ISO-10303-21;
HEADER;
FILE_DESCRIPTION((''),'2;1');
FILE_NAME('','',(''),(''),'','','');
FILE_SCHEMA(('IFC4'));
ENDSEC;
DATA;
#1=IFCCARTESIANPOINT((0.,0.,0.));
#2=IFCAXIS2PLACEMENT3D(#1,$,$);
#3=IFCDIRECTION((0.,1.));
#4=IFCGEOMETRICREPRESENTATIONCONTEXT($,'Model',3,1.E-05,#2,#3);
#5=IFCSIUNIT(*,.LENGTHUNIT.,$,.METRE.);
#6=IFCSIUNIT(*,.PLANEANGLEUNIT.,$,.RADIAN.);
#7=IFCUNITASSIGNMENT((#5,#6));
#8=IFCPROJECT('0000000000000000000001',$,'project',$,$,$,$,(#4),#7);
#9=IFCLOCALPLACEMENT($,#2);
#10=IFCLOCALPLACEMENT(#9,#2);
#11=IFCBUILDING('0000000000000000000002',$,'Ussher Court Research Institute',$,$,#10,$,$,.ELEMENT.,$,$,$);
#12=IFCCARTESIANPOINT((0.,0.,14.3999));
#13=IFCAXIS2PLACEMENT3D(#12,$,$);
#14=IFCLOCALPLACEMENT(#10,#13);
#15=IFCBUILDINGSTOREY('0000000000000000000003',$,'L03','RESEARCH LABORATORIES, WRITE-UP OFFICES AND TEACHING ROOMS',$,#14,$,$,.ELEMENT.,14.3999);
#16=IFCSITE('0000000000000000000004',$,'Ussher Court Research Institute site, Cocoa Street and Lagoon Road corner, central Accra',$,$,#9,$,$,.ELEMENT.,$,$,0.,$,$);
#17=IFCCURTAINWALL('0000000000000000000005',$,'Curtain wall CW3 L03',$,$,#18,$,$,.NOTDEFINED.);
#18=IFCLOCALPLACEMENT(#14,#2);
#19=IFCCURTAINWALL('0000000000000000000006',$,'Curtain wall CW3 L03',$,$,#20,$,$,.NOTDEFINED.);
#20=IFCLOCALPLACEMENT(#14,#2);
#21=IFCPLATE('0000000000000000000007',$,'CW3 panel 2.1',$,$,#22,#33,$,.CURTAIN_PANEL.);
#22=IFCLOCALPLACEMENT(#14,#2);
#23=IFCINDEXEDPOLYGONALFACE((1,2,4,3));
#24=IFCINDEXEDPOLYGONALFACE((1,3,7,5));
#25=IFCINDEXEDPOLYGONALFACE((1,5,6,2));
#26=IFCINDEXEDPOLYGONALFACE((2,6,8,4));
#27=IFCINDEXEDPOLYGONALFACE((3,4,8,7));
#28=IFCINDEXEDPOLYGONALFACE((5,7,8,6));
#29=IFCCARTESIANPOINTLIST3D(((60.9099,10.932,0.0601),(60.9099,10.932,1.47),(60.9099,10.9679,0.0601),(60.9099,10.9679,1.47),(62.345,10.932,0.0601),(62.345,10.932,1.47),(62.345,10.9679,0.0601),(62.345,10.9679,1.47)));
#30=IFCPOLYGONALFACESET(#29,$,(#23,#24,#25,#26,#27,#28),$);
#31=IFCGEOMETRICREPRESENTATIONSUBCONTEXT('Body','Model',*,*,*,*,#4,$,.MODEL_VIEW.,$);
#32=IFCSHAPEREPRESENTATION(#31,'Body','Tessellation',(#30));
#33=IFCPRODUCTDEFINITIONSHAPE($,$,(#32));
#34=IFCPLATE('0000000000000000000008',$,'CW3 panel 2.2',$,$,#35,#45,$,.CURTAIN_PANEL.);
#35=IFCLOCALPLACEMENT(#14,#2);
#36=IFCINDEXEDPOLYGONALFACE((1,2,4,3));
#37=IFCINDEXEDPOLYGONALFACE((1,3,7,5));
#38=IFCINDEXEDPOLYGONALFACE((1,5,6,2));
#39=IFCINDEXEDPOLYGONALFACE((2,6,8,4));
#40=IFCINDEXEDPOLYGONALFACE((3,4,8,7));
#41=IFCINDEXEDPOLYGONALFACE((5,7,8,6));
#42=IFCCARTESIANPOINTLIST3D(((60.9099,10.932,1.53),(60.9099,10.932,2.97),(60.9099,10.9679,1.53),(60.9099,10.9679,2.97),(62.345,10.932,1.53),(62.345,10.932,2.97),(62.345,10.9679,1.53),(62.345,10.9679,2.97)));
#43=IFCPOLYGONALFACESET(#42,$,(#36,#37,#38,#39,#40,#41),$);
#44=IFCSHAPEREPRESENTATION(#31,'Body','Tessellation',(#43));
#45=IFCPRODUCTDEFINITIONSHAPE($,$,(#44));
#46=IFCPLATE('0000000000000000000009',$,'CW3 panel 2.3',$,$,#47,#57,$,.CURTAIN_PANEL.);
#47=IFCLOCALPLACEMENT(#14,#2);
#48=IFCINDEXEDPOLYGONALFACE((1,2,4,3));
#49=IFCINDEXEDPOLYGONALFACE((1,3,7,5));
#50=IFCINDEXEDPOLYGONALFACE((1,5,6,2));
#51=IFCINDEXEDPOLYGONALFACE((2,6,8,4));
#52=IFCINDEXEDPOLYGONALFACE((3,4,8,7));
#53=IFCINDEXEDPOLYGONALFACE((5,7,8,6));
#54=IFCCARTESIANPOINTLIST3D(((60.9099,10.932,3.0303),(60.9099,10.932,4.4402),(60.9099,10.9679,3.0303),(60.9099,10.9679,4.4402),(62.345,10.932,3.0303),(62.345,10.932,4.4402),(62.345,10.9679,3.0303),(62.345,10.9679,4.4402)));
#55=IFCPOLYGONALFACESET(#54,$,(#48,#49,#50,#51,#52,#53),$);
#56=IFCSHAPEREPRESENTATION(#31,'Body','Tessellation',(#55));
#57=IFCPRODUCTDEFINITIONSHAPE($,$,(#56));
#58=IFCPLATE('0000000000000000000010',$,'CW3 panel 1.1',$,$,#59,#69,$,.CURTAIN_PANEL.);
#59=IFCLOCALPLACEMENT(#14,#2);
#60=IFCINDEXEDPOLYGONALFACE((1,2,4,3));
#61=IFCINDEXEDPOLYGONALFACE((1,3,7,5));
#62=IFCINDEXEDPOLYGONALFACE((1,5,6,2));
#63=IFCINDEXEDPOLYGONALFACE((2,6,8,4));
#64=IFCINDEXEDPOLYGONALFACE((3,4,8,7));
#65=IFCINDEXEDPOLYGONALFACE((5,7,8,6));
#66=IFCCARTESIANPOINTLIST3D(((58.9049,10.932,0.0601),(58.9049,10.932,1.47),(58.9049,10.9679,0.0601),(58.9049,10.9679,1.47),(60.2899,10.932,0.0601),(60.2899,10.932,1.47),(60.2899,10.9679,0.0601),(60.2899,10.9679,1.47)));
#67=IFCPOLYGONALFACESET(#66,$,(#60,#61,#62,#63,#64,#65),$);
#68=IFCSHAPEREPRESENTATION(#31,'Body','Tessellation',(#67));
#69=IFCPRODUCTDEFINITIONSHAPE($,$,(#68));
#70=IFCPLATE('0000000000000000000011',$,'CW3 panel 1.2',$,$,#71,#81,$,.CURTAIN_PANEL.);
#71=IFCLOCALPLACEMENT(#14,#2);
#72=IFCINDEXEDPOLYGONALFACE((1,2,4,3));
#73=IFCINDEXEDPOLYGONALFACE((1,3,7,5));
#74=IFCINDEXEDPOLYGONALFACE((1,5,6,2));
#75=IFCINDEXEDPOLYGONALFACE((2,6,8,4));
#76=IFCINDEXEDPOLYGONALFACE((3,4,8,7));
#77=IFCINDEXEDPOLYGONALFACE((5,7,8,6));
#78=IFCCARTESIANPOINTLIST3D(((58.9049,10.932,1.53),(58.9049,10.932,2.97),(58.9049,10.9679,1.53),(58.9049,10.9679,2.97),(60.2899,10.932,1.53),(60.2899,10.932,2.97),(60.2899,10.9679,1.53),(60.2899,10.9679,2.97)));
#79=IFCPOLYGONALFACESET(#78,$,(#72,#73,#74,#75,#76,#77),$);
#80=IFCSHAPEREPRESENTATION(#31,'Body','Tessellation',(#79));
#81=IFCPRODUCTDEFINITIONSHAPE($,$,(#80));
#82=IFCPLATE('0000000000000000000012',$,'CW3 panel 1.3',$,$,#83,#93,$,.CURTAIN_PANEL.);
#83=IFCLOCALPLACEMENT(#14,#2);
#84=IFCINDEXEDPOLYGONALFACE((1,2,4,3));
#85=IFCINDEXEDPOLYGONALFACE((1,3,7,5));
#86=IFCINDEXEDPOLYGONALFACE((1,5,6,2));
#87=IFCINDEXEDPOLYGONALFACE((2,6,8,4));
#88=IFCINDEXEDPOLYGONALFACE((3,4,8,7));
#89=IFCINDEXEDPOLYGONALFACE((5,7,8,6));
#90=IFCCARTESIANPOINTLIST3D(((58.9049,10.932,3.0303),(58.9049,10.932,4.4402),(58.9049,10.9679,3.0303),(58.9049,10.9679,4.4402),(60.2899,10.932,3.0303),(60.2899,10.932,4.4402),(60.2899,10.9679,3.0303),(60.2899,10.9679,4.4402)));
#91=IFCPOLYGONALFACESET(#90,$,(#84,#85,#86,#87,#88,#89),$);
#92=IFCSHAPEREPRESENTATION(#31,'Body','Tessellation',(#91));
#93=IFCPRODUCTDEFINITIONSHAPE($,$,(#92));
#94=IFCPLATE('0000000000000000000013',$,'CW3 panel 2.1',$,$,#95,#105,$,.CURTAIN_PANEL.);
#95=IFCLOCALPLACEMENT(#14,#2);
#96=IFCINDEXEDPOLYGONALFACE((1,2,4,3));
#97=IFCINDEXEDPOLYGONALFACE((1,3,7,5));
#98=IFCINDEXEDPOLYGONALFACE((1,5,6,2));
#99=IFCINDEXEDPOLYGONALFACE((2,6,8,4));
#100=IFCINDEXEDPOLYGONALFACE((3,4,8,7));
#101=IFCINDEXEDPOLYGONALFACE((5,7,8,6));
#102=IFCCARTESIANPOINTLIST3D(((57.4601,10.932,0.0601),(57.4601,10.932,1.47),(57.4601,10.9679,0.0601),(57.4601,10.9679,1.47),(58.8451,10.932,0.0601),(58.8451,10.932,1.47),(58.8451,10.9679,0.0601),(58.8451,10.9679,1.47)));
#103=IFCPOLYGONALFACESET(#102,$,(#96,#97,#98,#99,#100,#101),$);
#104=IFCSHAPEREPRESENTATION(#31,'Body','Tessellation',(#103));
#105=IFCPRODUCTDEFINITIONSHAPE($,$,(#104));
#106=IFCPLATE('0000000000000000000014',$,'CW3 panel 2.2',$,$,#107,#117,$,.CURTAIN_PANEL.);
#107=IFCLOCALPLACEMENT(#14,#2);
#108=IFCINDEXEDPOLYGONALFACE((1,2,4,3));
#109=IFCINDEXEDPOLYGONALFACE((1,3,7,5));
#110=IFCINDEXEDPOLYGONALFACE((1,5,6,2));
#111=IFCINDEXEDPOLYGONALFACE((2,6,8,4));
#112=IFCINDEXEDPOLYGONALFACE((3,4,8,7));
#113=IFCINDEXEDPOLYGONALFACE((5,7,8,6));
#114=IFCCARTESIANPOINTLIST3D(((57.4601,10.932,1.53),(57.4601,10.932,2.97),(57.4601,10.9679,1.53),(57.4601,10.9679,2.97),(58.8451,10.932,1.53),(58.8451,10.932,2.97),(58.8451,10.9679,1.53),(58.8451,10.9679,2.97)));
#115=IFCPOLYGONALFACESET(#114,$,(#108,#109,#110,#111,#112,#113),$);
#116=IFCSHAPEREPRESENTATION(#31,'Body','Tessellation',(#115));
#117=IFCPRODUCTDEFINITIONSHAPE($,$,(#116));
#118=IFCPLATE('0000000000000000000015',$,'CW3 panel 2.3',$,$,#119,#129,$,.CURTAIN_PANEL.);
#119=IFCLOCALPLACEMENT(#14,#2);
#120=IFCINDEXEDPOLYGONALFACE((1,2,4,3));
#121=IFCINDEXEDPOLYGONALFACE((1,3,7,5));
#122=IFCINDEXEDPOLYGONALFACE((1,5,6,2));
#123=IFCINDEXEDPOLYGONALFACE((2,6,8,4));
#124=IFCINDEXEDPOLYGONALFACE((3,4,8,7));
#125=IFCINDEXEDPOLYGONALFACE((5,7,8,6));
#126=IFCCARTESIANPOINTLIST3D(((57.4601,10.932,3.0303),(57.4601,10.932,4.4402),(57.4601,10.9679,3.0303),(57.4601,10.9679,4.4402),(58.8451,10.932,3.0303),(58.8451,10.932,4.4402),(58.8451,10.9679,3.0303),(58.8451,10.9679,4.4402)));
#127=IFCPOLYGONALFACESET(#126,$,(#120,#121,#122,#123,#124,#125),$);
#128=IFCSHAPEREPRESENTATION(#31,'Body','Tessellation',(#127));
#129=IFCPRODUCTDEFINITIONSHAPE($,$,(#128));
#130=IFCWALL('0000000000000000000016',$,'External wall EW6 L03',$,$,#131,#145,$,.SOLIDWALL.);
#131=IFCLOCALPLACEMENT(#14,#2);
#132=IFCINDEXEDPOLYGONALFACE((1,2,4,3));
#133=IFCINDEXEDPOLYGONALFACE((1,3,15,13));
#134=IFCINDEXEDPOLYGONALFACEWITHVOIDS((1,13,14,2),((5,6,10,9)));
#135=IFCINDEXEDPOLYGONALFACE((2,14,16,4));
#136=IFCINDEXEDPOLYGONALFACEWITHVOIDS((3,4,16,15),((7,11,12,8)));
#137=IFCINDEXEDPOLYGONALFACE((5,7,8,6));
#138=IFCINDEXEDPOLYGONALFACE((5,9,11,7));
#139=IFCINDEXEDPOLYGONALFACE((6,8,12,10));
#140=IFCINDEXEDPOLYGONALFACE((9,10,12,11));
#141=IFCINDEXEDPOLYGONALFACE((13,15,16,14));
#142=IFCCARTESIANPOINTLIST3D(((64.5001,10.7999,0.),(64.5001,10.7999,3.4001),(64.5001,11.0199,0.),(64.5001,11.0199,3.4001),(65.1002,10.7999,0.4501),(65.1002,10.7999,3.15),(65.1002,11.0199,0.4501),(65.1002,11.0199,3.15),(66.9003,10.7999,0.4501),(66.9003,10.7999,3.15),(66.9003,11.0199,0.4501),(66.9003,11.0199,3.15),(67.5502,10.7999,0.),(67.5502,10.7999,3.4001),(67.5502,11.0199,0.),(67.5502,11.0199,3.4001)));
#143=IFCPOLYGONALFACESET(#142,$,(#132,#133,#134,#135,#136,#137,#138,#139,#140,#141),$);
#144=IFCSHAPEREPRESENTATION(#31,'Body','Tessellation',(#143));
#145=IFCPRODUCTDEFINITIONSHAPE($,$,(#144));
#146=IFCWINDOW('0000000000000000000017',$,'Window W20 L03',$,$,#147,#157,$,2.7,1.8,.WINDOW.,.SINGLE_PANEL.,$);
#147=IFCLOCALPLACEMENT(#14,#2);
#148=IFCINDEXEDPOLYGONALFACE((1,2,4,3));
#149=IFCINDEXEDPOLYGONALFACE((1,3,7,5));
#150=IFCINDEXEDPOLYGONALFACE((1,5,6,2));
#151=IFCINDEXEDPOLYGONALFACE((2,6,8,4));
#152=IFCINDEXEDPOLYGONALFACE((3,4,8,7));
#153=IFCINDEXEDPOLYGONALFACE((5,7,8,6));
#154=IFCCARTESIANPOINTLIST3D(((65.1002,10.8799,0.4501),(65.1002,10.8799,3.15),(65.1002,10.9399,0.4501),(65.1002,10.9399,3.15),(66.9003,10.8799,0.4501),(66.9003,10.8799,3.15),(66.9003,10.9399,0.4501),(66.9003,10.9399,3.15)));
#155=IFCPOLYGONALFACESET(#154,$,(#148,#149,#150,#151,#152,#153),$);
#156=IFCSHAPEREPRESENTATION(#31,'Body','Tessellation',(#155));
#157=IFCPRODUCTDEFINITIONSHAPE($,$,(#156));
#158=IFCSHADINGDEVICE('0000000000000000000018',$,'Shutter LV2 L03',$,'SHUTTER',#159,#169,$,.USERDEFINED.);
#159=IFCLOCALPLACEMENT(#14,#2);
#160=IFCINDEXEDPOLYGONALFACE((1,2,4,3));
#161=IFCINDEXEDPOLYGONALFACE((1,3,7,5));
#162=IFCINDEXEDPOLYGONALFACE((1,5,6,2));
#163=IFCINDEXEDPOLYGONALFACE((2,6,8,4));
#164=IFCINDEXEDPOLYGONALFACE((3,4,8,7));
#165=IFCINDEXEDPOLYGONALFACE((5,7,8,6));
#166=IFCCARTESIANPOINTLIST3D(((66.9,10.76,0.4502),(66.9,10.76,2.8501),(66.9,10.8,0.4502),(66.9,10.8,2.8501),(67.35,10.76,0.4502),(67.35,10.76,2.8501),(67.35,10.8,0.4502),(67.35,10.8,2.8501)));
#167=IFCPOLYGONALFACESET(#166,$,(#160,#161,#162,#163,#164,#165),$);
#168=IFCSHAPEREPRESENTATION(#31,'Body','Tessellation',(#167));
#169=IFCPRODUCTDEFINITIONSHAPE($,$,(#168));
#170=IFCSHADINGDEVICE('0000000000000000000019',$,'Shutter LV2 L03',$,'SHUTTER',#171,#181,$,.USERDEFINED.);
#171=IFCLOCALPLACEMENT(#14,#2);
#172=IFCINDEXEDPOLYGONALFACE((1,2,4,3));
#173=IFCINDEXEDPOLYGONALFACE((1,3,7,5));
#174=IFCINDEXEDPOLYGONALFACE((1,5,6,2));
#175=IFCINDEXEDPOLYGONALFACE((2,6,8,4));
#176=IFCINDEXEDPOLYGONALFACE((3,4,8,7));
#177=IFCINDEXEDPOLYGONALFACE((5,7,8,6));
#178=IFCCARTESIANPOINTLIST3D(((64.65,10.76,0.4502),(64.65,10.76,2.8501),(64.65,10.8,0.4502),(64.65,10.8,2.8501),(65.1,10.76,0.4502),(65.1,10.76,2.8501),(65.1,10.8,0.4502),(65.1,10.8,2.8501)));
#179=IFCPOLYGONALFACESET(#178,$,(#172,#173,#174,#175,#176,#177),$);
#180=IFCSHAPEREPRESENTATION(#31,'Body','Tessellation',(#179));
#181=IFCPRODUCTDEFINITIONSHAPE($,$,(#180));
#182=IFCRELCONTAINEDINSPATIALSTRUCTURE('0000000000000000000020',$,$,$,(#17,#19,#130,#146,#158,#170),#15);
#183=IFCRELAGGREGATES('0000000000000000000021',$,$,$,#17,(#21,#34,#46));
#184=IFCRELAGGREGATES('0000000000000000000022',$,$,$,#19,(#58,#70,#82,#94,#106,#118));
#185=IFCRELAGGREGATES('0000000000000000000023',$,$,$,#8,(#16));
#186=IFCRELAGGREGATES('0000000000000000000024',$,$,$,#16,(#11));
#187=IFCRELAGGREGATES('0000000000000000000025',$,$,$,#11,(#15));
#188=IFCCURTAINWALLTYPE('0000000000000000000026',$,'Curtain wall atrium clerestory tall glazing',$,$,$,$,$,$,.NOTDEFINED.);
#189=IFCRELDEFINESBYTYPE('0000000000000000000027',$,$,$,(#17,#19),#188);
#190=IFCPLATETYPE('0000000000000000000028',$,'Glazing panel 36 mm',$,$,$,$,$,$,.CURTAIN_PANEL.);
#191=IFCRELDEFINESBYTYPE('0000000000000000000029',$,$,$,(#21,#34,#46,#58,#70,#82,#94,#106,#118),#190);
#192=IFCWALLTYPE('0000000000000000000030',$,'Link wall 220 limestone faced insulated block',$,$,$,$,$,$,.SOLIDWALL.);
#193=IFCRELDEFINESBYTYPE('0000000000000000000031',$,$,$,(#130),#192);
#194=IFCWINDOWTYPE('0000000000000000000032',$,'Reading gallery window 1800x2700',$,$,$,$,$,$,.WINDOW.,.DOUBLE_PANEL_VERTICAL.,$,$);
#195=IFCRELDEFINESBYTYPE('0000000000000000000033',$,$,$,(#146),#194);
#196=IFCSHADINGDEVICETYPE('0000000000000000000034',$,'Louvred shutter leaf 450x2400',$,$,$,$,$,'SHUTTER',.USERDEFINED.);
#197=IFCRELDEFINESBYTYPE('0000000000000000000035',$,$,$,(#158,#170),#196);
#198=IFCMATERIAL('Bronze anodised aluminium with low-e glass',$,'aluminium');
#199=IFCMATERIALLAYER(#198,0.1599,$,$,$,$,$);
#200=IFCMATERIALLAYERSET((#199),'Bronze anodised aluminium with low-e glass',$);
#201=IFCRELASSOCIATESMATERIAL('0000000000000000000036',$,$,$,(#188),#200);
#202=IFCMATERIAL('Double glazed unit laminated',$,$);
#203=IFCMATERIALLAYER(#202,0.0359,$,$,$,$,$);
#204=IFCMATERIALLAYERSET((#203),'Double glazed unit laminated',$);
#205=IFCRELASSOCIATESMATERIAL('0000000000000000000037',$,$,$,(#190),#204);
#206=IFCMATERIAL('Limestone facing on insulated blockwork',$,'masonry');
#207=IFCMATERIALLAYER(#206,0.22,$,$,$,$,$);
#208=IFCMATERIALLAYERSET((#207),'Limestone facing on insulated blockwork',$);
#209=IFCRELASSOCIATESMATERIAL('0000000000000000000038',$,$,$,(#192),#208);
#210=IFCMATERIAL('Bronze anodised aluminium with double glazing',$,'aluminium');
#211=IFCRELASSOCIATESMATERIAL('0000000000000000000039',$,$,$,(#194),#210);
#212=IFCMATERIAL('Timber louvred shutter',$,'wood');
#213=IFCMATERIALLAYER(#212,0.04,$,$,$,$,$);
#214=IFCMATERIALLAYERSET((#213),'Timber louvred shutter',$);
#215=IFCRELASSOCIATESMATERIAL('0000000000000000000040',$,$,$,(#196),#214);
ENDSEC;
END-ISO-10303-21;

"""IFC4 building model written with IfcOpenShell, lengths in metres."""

from ifc_helpers import new_model, si_unit, direction, frame, frame_2d, origin, origin_2d, place, context, subcontext, project, spatial, rectangle, extrude, material, layer, layer_set, type_object, element, fill, aggregate, save


model = new_model("IFC4")

# Units and contexts
model_context = context("Model", 3, precision=1e-05, world=origin(), true_north=direction((0.0, 1.0)))
body_context = subcontext(model_context, "Body", "Model", "MODEL_VIEW")
ifc_project = project(units=[si_unit("LENGTHUNIT", "METRE"), si_unit("PLANEANGLEUNIT", "RADIAN")], contexts=[model_context])

# Site, building, storey
site_placement = place(None, origin())
site = spatial("IfcSite", under=ifc_project, at=site_placement, Name="Ussher Court Research Institute site, Cocoa Street and Lagoon Road corner, central Accra", CompositionType="ELEMENT", RefElevation=0.0)
building_placement = place(site_placement, origin())
building = spatial("IfcBuilding", under=site, at=building_placement, Name="Ussher Court Research Institute", CompositionType="ELEMENT")
storey_placement = place(building_placement, frame((0.0, 0.0, 14.3999)))
storey = spatial("IfcBuildingStorey", under=building, at=storey_placement, Name="L03", Description="RESEARCH LABORATORIES, WRITE-UP OFFICES AND TEACHING ROOMS", CompositionType="ELEMENT", Elevation=14.3999)

# Curtain wall
ifc_material_1 = material(Name="Bronze anodised aluminium with low-e glass", Category="aluminium")
ifc_layer_1 = layer(ifc_material_1, 0.1599)
ifc_layer_set_1 = layer_set([ifc_layer_1], Name="Bronze anodised aluminium with low-e glass")
curtain_wall_type = type_object("IfcCurtainWallType", Name="Curtain wall atrium clerestory tall glazing", PredefinedType="NOTDEFINED", material=ifc_layer_set_1)
curtain_wall_1_placement = place(storey_placement, origin())
curtain_wall_1 = element("IfcCurtainWall", 1, at=curtain_wall_1_placement, inside=storey, type_object=curtain_wall_type, Name="Curtain wall CW3 L03", PredefinedType="NOTDEFINED")

# Curtain wall
curtain_wall_2_placement = place(storey_placement, origin())
curtain_wall_2 = element("IfcCurtainWall", 2, at=curtain_wall_2_placement, inside=storey, type_object=curtain_wall_type, Name="Curtain wall CW3 L03", PredefinedType="NOTDEFINED")

# Plates
ifc_material_2 = material(Name="Double glazed unit laminated")
ifc_layer_2 = layer(ifc_material_2, 0.0359)
ifc_layer_set_2 = layer_set([ifc_layer_2], Name="Double glazed unit laminated")
plate_type = type_object("IfcPlateType", Name="Glazing panel 36 mm", PredefinedType="CURTAIN_PANEL", material=ifc_layer_set_2)
plate_1_placement = place(storey_placement, frame((61.6274, 10.95, 0.0601), z_axis=(0.0, 0.0, 1.0), x_axis=(-1.0, 0.0, 0.0)))
plate_1 = element("IfcPlate", 3, at=plate_1_placement, type_object=plate_type, Name="CW3 panel 2.1", PredefinedType="CURTAIN_PANEL", context=body_context, shape_type="SweptSolid", body=[
    extrude(rectangle(XDim=1.4351, YDim=0.0359, at=origin_2d()), origin(), (0.0, 0.0, 1.0), 1.4099),
])
plate_2_placement = place(storey_placement, frame((61.6274, 10.95, 1.53), z_axis=(0.0, 0.0, 1.0), x_axis=(-1.0, 0.0, 0.0)))
plate_2 = element("IfcPlate", 4, at=plate_2_placement, type_object=plate_type, Name="CW3 panel 2.2", PredefinedType="CURTAIN_PANEL", context=body_context, shape_type="SweptSolid", body=[
    extrude(rectangle(XDim=1.4351, YDim=0.0359, at=origin_2d()), origin(), (0.0, 0.0, 1.0), 1.4399),
])
plate_3_placement = place(storey_placement, frame((61.6274, 10.95, 3.0303), z_axis=(0.0, 0.0, 1.0), x_axis=(-1.0, 0.0, 0.0)))
plate_3 = element("IfcPlate", 5, at=plate_3_placement, type_object=plate_type, Name="CW3 panel 2.3", PredefinedType="CURTAIN_PANEL", context=body_context, shape_type="SweptSolid", body=[
    extrude(rectangle(XDim=1.4351, YDim=0.0359, at=origin_2d()), origin(), (0.0, 0.0, 1.0), 1.4099),
])
aggregate(curtain_wall_1, [plate_1, plate_2, plate_3])
plate_4_placement = place(storey_placement, frame((59.5974, 10.95, 0.0601), z_axis=(0.0, 0.0, 1.0), x_axis=(-1.0, 0.0, 0.0)))
plate_4 = element("IfcPlate", 6, at=plate_4_placement, type_object=plate_type, Name="CW3 panel 1.1", PredefinedType="CURTAIN_PANEL", context=body_context, shape_type="SweptSolid", body=[
    extrude(rectangle(XDim=1.385, YDim=0.0359, at=origin_2d()), origin(), (0.0, 0.0, 1.0), 1.4099),
])
plate_5_placement = place(storey_placement, frame((59.5974, 10.95, 1.53), z_axis=(0.0, 0.0, 1.0), x_axis=(-1.0, 0.0, 0.0)))
plate_5 = element("IfcPlate", 7, at=plate_5_placement, type_object=plate_type, Name="CW3 panel 1.2", PredefinedType="CURTAIN_PANEL", context=body_context, shape_type="SweptSolid", body=[
    extrude(rectangle(XDim=1.385, YDim=0.0359, at=origin_2d()), origin(), (0.0, 0.0, 1.0), 1.4399),
])
plate_6_placement = place(storey_placement, frame((59.5974, 10.95, 3.0303), z_axis=(0.0, 0.0, 1.0), x_axis=(-1.0, 0.0, 0.0)))
plate_6 = element("IfcPlate", 8, at=plate_6_placement, type_object=plate_type, Name="CW3 panel 1.3", PredefinedType="CURTAIN_PANEL", context=body_context, shape_type="SweptSolid", body=[
    extrude(rectangle(XDim=1.385, YDim=0.0359, at=origin_2d()), origin(), (0.0, 0.0, 1.0), 1.4099),
])
plate_7_placement = place(storey_placement, frame((58.1526, 10.95, 0.0601), z_axis=(0.0, 0.0, 1.0), x_axis=(-1.0, 0.0, 0.0)))
plate_7 = element("IfcPlate", 9, at=plate_7_placement, type_object=plate_type, Name="CW3 panel 2.1", PredefinedType="CURTAIN_PANEL", context=body_context, shape_type="SweptSolid", body=[
    extrude(rectangle(XDim=1.385, YDim=0.0359, at=origin_2d()), origin(), (0.0, 0.0, 1.0), 1.4099),
])
plate_8_placement = place(storey_placement, frame((58.1526, 10.95, 1.53), z_axis=(0.0, 0.0, 1.0), x_axis=(-1.0, 0.0, 0.0)))
plate_8 = element("IfcPlate", 10, at=plate_8_placement, type_object=plate_type, Name="CW3 panel 2.2", PredefinedType="CURTAIN_PANEL", context=body_context, shape_type="SweptSolid", body=[
    extrude(rectangle(XDim=1.385, YDim=0.0359, at=origin_2d()), origin(), (0.0, 0.0, 1.0), 1.4399),
])
plate_9_placement = place(storey_placement, frame((58.1526, 10.95, 3.0303), z_axis=(0.0, 0.0, 1.0), x_axis=(-1.0, 0.0, 0.0)))
plate_9 = element("IfcPlate", 11, at=plate_9_placement, type_object=plate_type, Name="CW3 panel 2.3", PredefinedType="CURTAIN_PANEL", context=body_context, shape_type="SweptSolid", body=[
    extrude(rectangle(XDim=1.385, YDim=0.0359, at=origin_2d()), origin(), (0.0, 0.0, 1.0), 1.4099),
])
aggregate(curtain_wall_2, [plate_4, plate_5, plate_6, plate_7, plate_8, plate_9])

# Wall, opening, window
ifc_material_3 = material(Name="Limestone facing on insulated blockwork", Category="masonry")
ifc_layer_3 = layer(ifc_material_3, 0.22)
ifc_layer_set_3 = layer_set([ifc_layer_3], Name="Limestone facing on insulated blockwork")
wall_type = type_object("IfcWallType", Name="Link wall 220 limestone faced insulated block", PredefinedType="SOLIDWALL", material=ifc_layer_set_3)
wall_placement = place(storey_placement, frame((67.55, 10.9099, 0.0), z_axis=(0.0, 0.0, 1.0), x_axis=(-1.0, 0.0, 0.0)))
wall = element("IfcWall", 12, at=wall_placement, inside=storey, type_object=wall_type, Name="External wall EW6 L03", PredefinedType="SOLIDWALL", context=body_context, shape_type="SweptSolid", body=[
    extrude(rectangle(XDim=3.05, YDim=0.22, at=frame_2d((1.5249, 0.0))), origin(), (0.0, 0.0, 1.0), 3.4001),
])
opening_placement = place(wall_placement, frame((0.6499, 0.0, 0.45)))
opening = element("IfcOpeningElement", 13, at=opening_placement, cuts=wall, PredefinedType="OPENING", context=body_context, shape_type="SweptSolid", body=[
    extrude(rectangle(XDim=1.8, YDim=2.7, at=frame_2d((0.8999, 1.3501))), frame((0.0, 0.1201, 0.0), z_axis=(0.0, -1.0, 0.0), x_axis=(1.0, 0.0, 0.0)), (0.0, 0.0, 1.0), 0.24),
])
ifc_material_4 = material(Name="Bronze anodised aluminium with double glazing", Category="aluminium")
window_type = type_object("IfcWindowType", Name="Reading gallery window 1800x2700", PartitioningType="DOUBLE_PANEL_VERTICAL", PredefinedType="WINDOW", material=ifc_material_4)
window_placement = place(opening_placement, origin())
window = element("IfcWindow", 14, at=window_placement, inside=storey, type_object=window_type, Name="Window W20 L03", OverallHeight=2.7, OverallWidth=1.8, PartitioningType="SINGLE_PANEL", PredefinedType="WINDOW", context=body_context, shape_type="SweptSolid", body=[
    extrude(rectangle(XDim=1.8, YDim=2.7, at=frame_2d((0.8999, 1.3501))), frame((0.0, 0.03, 0.0), z_axis=(0.0, -1.0, 0.0), x_axis=(1.0, 0.0, 0.0)), (0.0, 0.0, 1.0), 0.0601),
])
fill(opening, window)

# Shading devices
ifc_material_5 = material(Name="Timber louvred shutter", Category="wood")
ifc_layer_4 = layer(ifc_material_5, 0.04)
ifc_layer_set_4 = layer_set([ifc_layer_4], Name="Timber louvred shutter")
shading_device_type = type_object("IfcShadingDeviceType", Name="Louvred shutter leaf 450x2400", ElementType="SHUTTER", PredefinedType="USERDEFINED", material=ifc_layer_set_4)
for number, where, z_axis, x_axis, name in (
    (15, (67.125, 10.78, 0.4502), (0.0, 0.0, 1.0), (-1.0, 0.0, 0.0), "Shutter LV2 L03"),
    (16, (64.875, 10.78, 0.4502), (0.0, 0.0, 1.0), (-1.0, 0.0, 0.0), "Shutter LV2 L03"),
):
    element("IfcShadingDevice", number, at=place(storey_placement, frame(where, z_axis=z_axis, x_axis=x_axis)), inside=storey, type_object=shading_device_type, Name=name, ObjectType="SHUTTER", PredefinedType="USERDEFINED", context=body_context, shape_type="SweptSolid", body=[
        extrude(rectangle(XDim=0.45, YDim=0.04, at=origin_2d()), origin(), (0.0, 0.0, 1.0), 2.3999),
    ])

save(model, "model.ifc")
